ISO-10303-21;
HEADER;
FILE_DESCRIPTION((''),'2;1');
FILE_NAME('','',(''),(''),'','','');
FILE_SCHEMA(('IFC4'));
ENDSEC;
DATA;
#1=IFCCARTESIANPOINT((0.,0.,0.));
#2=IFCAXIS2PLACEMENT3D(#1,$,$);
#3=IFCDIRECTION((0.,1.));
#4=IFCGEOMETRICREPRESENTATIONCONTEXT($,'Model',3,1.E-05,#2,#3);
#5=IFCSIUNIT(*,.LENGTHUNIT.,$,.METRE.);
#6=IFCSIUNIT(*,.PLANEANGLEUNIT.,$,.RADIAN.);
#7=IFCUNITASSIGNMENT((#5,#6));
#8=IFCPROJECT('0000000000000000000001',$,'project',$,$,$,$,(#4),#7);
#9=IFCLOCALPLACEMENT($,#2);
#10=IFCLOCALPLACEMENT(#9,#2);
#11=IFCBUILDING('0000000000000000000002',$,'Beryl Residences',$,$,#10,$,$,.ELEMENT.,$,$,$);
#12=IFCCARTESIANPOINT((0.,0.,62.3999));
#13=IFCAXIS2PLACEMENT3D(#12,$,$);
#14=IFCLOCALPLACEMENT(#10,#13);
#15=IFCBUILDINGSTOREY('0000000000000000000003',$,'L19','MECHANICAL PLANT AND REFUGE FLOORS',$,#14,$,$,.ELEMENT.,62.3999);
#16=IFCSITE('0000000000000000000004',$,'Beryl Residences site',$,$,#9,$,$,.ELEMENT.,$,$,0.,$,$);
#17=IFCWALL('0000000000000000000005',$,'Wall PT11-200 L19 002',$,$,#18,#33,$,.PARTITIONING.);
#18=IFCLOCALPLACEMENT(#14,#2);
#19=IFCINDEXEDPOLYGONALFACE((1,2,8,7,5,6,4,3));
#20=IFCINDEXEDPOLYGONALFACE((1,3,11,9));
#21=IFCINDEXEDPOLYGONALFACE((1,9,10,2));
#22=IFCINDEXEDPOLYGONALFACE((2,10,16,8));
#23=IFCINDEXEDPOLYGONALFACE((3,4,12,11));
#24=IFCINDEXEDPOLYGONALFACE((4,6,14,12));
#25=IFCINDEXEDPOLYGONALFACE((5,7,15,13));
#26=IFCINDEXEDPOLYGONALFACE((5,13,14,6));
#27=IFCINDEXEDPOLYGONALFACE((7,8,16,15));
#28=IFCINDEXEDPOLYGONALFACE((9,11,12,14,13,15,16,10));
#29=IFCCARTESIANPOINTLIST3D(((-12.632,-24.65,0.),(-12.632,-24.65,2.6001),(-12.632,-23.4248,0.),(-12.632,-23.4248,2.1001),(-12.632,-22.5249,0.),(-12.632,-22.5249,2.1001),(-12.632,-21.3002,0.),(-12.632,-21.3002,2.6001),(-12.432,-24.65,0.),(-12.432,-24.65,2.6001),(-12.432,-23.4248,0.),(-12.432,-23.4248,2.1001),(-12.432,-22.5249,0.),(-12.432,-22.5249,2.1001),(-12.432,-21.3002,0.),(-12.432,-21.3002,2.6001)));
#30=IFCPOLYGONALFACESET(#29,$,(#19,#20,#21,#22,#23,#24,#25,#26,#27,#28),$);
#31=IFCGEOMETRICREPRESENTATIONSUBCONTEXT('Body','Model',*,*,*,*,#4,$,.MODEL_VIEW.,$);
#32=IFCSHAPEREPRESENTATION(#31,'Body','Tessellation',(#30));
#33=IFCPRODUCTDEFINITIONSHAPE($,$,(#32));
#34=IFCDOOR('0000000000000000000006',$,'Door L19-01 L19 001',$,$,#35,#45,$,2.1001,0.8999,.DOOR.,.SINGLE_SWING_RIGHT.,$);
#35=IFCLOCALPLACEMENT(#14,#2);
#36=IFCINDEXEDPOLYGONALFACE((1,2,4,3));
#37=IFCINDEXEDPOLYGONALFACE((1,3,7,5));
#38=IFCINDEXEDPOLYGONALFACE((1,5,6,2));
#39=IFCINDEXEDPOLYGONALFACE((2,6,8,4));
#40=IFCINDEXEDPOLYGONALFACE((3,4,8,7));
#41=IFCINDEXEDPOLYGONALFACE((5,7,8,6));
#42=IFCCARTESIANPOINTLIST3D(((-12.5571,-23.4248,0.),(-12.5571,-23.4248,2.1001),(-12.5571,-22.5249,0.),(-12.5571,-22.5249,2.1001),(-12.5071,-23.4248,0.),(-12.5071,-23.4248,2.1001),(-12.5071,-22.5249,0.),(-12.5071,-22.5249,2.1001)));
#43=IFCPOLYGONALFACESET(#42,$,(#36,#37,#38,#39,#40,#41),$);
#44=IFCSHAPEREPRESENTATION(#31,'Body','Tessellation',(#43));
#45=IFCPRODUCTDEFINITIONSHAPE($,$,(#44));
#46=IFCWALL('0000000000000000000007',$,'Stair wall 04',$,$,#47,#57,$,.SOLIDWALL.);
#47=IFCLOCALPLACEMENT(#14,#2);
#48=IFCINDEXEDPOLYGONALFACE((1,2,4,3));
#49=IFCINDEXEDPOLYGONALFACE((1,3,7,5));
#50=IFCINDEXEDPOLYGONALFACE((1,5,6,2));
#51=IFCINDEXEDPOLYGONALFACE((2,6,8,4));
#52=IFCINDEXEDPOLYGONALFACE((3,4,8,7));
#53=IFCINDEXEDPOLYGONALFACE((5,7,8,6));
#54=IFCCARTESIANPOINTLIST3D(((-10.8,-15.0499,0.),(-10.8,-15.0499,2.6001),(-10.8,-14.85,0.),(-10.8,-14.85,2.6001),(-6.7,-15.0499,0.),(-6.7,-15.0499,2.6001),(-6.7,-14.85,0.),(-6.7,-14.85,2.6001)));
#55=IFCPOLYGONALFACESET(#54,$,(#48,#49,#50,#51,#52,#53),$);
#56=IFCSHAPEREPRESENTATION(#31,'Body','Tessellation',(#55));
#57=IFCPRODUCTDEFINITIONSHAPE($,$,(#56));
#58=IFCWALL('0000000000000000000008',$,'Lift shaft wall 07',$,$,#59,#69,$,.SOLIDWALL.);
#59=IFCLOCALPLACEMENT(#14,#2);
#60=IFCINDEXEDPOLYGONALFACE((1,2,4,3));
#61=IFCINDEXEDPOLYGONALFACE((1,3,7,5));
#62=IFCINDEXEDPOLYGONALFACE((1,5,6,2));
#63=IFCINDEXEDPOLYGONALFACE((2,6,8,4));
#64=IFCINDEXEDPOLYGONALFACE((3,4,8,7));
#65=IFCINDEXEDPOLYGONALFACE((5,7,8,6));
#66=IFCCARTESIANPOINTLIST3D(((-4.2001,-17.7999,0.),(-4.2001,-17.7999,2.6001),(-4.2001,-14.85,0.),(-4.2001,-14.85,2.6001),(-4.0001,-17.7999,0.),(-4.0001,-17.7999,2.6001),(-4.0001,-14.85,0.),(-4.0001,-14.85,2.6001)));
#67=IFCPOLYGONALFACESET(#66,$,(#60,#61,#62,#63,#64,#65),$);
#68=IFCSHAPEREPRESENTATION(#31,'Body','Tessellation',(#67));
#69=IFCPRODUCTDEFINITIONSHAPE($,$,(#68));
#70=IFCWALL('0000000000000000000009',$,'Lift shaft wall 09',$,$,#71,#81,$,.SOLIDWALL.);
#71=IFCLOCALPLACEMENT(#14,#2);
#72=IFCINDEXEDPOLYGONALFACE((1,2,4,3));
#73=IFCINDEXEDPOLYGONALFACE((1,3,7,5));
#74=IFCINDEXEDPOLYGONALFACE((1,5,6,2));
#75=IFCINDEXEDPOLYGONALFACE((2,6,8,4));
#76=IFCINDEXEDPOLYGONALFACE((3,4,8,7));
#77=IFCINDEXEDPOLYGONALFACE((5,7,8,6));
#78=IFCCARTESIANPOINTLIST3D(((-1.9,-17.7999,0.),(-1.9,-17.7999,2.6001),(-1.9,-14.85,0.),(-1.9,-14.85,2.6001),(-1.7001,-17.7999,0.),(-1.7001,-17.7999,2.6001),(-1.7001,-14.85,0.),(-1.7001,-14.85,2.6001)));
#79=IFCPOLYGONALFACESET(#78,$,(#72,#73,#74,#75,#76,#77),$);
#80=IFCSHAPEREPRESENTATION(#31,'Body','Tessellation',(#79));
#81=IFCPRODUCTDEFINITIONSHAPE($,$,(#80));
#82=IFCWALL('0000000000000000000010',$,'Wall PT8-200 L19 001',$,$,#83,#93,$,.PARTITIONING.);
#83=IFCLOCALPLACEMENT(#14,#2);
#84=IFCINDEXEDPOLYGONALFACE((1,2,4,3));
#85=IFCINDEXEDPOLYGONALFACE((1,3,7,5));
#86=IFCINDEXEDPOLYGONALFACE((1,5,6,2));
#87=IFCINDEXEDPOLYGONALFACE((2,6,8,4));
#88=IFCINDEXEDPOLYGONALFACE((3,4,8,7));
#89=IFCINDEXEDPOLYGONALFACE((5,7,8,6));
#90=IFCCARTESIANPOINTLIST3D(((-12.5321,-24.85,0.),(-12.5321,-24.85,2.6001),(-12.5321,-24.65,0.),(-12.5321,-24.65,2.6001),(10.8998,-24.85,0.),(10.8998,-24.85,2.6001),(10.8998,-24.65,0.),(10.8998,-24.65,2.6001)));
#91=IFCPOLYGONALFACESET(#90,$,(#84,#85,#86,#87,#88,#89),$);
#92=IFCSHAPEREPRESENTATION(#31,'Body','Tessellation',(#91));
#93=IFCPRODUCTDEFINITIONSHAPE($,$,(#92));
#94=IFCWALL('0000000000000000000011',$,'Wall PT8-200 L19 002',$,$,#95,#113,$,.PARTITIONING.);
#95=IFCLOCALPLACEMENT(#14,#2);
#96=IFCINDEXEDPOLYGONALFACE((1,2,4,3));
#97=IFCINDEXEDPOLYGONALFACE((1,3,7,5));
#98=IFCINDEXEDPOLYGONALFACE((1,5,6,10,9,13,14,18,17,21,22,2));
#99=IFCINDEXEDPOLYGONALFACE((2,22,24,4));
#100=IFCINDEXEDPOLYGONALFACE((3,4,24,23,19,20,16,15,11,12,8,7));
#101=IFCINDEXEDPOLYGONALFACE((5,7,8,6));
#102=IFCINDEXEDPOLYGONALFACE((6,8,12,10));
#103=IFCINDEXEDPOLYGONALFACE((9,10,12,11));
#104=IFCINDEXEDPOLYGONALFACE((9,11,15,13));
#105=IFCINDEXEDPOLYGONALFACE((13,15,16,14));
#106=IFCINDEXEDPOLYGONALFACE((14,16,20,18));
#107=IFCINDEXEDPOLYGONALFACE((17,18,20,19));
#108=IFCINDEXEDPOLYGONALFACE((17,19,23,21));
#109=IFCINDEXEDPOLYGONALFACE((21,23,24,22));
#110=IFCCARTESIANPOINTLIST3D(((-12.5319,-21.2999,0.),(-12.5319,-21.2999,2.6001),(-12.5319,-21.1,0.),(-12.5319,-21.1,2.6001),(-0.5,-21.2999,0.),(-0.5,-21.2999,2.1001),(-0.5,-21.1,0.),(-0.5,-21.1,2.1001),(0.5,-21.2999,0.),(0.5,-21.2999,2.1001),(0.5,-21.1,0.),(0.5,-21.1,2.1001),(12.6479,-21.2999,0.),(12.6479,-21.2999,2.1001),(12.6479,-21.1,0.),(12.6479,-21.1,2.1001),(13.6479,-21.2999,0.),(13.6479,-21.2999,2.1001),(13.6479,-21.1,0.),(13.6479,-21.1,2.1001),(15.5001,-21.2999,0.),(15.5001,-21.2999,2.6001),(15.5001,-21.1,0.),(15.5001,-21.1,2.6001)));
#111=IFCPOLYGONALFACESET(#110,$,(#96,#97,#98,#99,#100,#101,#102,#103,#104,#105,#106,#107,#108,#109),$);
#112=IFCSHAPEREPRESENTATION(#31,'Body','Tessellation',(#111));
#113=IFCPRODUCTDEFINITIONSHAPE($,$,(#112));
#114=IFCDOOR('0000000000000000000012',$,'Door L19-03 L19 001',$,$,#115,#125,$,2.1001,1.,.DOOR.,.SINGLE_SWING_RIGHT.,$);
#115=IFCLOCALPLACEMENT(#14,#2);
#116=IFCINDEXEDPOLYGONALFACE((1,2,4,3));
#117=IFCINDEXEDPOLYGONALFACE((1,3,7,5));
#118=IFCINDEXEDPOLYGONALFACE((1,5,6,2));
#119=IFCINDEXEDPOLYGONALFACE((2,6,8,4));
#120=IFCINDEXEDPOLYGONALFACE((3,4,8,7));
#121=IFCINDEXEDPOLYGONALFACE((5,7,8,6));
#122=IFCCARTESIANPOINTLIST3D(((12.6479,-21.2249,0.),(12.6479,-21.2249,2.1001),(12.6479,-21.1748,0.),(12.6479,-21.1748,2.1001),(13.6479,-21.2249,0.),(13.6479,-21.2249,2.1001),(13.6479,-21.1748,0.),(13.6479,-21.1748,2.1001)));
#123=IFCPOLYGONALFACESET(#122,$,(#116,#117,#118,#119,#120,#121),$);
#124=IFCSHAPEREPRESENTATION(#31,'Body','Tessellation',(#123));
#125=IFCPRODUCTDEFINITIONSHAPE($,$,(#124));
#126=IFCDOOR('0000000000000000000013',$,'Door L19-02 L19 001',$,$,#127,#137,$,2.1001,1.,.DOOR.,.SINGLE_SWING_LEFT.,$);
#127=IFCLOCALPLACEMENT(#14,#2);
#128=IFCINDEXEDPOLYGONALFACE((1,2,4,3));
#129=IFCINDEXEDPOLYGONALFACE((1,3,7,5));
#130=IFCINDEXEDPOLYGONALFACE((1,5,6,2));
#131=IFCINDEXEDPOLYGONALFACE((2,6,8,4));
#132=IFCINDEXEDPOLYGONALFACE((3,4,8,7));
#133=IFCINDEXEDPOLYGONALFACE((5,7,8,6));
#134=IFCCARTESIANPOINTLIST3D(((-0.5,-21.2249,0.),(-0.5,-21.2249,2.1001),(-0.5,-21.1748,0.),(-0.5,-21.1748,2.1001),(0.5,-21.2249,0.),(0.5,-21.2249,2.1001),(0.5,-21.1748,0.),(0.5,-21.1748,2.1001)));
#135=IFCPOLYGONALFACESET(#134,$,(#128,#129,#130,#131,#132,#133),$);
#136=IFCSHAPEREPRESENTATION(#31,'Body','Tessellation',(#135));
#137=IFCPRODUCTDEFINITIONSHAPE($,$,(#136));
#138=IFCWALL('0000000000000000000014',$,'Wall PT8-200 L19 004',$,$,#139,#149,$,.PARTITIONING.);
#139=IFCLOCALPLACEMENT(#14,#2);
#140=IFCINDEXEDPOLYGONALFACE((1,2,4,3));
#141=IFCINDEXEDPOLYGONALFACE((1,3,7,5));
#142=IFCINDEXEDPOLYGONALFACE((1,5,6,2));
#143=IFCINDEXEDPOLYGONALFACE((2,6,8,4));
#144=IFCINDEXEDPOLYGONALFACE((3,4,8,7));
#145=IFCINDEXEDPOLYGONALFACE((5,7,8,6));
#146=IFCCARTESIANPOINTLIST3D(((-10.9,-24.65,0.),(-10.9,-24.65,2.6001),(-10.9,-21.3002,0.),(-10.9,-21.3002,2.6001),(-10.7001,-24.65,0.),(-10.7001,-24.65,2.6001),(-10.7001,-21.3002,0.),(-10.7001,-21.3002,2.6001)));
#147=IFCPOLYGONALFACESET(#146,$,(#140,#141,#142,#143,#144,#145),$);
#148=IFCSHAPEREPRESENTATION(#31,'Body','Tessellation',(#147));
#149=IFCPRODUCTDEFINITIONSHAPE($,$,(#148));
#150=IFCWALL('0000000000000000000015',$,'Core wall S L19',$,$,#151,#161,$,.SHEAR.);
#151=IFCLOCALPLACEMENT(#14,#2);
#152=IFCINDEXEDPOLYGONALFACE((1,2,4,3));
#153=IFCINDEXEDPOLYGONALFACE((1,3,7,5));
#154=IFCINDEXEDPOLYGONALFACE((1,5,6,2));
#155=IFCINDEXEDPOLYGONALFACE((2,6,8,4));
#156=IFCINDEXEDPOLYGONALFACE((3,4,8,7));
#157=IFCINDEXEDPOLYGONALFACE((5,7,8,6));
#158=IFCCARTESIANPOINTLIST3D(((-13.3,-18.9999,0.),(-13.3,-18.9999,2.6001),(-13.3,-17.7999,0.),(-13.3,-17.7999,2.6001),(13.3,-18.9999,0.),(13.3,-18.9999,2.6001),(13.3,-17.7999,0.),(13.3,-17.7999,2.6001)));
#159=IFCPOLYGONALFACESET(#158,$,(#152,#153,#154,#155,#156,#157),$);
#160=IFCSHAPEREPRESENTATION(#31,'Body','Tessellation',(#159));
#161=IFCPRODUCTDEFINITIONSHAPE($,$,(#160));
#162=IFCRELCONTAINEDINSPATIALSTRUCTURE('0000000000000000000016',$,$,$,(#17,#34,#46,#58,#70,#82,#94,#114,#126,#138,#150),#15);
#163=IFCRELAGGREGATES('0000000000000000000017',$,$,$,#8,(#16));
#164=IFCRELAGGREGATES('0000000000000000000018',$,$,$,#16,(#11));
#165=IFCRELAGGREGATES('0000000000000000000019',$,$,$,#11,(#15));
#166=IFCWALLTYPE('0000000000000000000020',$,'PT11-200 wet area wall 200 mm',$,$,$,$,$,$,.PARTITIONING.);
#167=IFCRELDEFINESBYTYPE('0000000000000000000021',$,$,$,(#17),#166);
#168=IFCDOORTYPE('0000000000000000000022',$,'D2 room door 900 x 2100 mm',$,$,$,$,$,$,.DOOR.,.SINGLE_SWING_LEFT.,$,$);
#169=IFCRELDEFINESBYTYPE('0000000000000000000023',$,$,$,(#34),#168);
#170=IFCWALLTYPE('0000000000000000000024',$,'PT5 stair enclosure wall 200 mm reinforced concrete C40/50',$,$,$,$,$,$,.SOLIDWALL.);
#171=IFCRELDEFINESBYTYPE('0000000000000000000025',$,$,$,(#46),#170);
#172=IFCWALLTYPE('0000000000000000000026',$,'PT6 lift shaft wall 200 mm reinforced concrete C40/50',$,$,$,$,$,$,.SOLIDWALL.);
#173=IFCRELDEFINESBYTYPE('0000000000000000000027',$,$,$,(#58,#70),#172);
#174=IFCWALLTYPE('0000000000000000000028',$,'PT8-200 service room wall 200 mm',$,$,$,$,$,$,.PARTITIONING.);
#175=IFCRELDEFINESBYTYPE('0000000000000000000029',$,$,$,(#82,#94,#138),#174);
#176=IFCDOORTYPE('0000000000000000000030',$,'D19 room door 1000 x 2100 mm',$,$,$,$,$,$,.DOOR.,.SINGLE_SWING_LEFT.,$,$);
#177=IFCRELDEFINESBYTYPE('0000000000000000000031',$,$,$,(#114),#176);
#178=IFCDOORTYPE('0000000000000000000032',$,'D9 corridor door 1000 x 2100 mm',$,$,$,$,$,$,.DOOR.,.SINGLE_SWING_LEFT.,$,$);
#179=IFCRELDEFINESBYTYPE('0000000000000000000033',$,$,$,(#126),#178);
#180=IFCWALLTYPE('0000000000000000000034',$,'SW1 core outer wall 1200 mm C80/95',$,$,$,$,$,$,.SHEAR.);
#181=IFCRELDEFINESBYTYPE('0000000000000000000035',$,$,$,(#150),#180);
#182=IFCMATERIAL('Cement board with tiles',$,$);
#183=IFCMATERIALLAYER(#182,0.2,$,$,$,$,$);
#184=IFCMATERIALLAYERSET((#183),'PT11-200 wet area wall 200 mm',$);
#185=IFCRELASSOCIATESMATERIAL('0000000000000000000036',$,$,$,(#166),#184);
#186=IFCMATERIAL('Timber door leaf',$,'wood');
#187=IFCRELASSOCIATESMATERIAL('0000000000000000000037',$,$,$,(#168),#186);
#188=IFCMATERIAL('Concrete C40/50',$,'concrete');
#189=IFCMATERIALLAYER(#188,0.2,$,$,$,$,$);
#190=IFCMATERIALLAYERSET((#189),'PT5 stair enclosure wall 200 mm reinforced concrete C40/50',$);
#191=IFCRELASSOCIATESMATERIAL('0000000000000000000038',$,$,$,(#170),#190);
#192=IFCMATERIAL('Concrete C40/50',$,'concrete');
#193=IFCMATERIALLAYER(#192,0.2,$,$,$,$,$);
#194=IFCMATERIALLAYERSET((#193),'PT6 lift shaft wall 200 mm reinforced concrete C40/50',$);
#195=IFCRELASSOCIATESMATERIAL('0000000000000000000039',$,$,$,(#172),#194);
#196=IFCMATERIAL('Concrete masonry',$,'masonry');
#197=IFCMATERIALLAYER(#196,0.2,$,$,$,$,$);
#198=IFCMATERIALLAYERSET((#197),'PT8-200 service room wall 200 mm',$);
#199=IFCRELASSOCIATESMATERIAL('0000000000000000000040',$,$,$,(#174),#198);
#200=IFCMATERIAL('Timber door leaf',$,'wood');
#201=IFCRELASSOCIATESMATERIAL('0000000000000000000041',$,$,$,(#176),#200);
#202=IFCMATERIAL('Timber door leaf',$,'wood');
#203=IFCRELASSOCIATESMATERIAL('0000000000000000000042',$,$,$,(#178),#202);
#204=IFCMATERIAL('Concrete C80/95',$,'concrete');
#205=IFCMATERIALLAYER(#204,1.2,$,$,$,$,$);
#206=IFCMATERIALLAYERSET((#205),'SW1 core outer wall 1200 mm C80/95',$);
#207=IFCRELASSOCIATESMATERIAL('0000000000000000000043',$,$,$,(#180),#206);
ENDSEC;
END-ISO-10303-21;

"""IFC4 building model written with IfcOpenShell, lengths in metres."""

from ifc_helpers import new_model, si_unit, direction, frame, frame_2d, origin, place, context, subcontext, project, spatial, rectangle, extrude, material, layer, layer_set, type_object, element, fill, save


model = new_model("IFC4")

# Units and contexts
model_context = context("Model", 3, precision=1e-05, world=origin(), true_north=direction((0.0, 1.0)))
body_context = subcontext(model_context, "Body", "Model", "MODEL_VIEW")
ifc_project = project(units=[si_unit("LENGTHUNIT", "METRE"), si_unit("PLANEANGLEUNIT", "RADIAN")], contexts=[model_context])

# Site, building, storey
site_placement = place(None, origin())
site = spatial("IfcSite", under=ifc_project, at=site_placement, Name="Beryl Residences site", CompositionType="ELEMENT", RefElevation=0.0)
building_placement = place(site_placement, origin())
building = spatial("IfcBuilding", under=site, at=building_placement, Name="Beryl Residences", CompositionType="ELEMENT")
storey_placement = place(building_placement, frame((0.0, 0.0, 62.3999)))
storey = spatial("IfcBuildingStorey", under=building, at=storey_placement, Name="L19", Description="MECHANICAL PLANT AND REFUGE FLOORS", CompositionType="ELEMENT", Elevation=62.3999)

# Wall, opening, door
ifc_material_1 = material(Name="Cement board with tiles")
ifc_layer_1 = layer(ifc_material_1, 0.2)
ifc_layer_set_1 = layer_set([ifc_layer_1], Name="PT11-200 wet area wall 200 mm")
wall_type_1 = type_object("IfcWallType", Name="PT11-200 wet area wall 200 mm", PredefinedType="PARTITIONING", material=ifc_layer_set_1)
wall_1_placement = place(storey_placement, frame((-12.532, -24.6499, 0.0), z_axis=(0.0, 0.0, 1.0), x_axis=(0.0, 1.0, 0.0)))
wall_1 = element("IfcWall", 1, at=wall_1_placement, inside=storey, type_object=wall_type_1, Name="Wall PT11-200 L19 002", PredefinedType="PARTITIONING", context=body_context, shape_type="SweptSolid", body=[
    extrude(rectangle(XDim=3.3499, YDim=0.2, at=frame_2d((1.6748, 0.0))), origin(), (0.0, 0.0, 1.0), 2.6001),
])
opening_1_placement = place(wall_1_placement, frame((2.125, 0.0, 0.0), z_axis=(0.0, 0.0, 1.0), x_axis=(-1.0, 0.0, 0.0)))
opening_1 = element("IfcOpeningElement", 2, at=opening_1_placement, cuts=wall_1, PredefinedType="OPENING", context=body_context, shape_type="SweptSolid", body=[
    extrude(rectangle(XDim=0.8999, YDim=2.1001, at=frame_2d((0.45, 1.05))), frame((0.0, 0.1099, 0.0), z_axis=(0.0, -1.0, 0.0), x_axis=(1.0, 0.0, 0.0)), (0.0, 0.0, 1.0), 0.22),
])
ifc_material_2 = material(Name="Timber door leaf", Category="wood")
door_type_1 = type_object("IfcDoorType", Name="D2 room door 900 x 2100 mm", OperationType="SINGLE_SWING_LEFT", PredefinedType="DOOR", material=ifc_material_2)
door_1_placement = place(opening_1_placement, origin())
door_1 = element("IfcDoor", 3, at=door_1_placement, inside=storey, type_object=door_type_1, Name="Door L19-01 L19 001", OperationType="SINGLE_SWING_RIGHT", OverallHeight=2.1001, OverallWidth=0.8999, PredefinedType="DOOR", context=body_context, shape_type="SweptSolid", body=[
    extrude(rectangle(XDim=0.8999, YDim=2.1001, at=frame_2d((0.45, 1.05))), frame((0.0, 0.0249, 0.0), z_axis=(0.0, -1.0, 0.0), x_axis=(1.0, 0.0, 0.0)), (0.0, 0.0, 1.0), 0.05),
])
fill(opening_1, door_1)

# Walls
ifc_material_3 = material(Name="Concrete C40/50", Category="concrete")
ifc_layer_2 = layer(ifc_material_3, 0.2)
ifc_layer_set_2 = layer_set([ifc_layer_2], Name="PT5 stair enclosure wall 200 mm reinforced concrete C40/50")
wall_type_2 = type_object("IfcWallType", Name="PT5 stair enclosure wall 200 mm reinforced concrete C40/50", PredefinedType="SOLIDWALL", material=ifc_layer_set_2)
wall_2_placement = place(storey_placement, frame((-10.8, -14.95, 0.0), z_axis=(0.0, 0.0, 1.0), x_axis=(1.0, 0.0, 0.0)))
element("IfcWall", 4, at=wall_2_placement, inside=storey, type_object=wall_type_2, Name="Stair wall 04", PredefinedType="SOLIDWALL", context=body_context, shape_type="SweptSolid", body=[
    extrude(rectangle(XDim=4.1001, YDim=0.2, at=frame_2d((2.05, 0.0))), origin(), (0.0, 0.0, 1.0), 2.6001),
])
ifc_material_4 = material(Name="Concrete C40/50", Category="concrete")
ifc_layer_3 = layer(ifc_material_4, 0.2)
ifc_layer_set_3 = layer_set([ifc_layer_3], Name="PT6 lift shaft wall 200 mm reinforced concrete C40/50")
wall_type_3 = type_object("IfcWallType", Name="PT6 lift shaft wall 200 mm reinforced concrete C40/50", PredefinedType="SOLIDWALL", material=ifc_layer_set_3)
for number, where, z_axis, x_axis, name in (
    (5, (-4.1001, -17.8, 0.0), (0.0, 0.0, 1.0), (0.0, 1.0, 0.0), "Lift shaft wall 07"),
    (6, (-1.8, -17.8, 0.0), (0.0, 0.0, 1.0), (0.0, 1.0, 0.0), "Lift shaft wall 09"),
):
    element("IfcWall", number, at=place(storey_placement, frame(where, z_axis=z_axis, x_axis=x_axis)), inside=storey, type_object=wall_type_3, Name=name, PredefinedType="SOLIDWALL", context=body_context, shape_type="SweptSolid", body=[
        extrude(rectangle(XDim=2.95, YDim=0.2, at=frame_2d((1.4751, 0.0))), origin(), (0.0, 0.0, 1.0), 2.6001),
    ])
ifc_material_5 = material(Name="Concrete masonry", Category="masonry")
ifc_layer_4 = layer(ifc_material_5, 0.2)
ifc_layer_set_4 = layer_set([ifc_layer_4], Name="PT8-200 service room wall 200 mm")
wall_type_4 = type_object("IfcWallType", Name="PT8-200 service room wall 200 mm", PredefinedType="PARTITIONING", material=ifc_layer_set_4)
wall_3_placement = place(storey_placement, frame((-12.532, -24.75, 0.0), z_axis=(0.0, 0.0, 1.0), x_axis=(1.0, 0.0, 0.0)))
element("IfcWall", 7, at=wall_3_placement, inside=storey, type_object=wall_type_4, Name="Wall PT8-200 L19 001", PredefinedType="PARTITIONING", context=body_context, shape_type="SweptSolid", body=[
    extrude(rectangle(XDim=23.4319, YDim=0.2, at=frame_2d((11.7158, 0.0))), origin(), (0.0, 0.0, 1.0), 2.6001),
])

# Wall, openings, doors
wall_4_placement = place(storey_placement, frame((-12.532, -21.2, 0.0), z_axis=(0.0, 0.0, 1.0), x_axis=(1.0, 0.0, 0.0)))
wall_4 = element("IfcWall", 8, at=wall_4_placement, inside=storey, type_object=wall_type_4, Name="Wall PT8-200 L19 002", PredefinedType="PARTITIONING", context=body_context, shape_type="SweptSolid", body=[
    extrude(rectangle(XDim=28.032, YDim=0.2, at=frame_2d((14.0161, 0.0))), origin(), (0.0, 0.0, 1.0), 2.6001),
])
opening_2_placement = place(wall_4_placement, frame((13.032, 0.0, 0.0), z_axis=(0.0, 0.0, 1.0), x_axis=(-1.0, 0.0, 0.0)))
opening_2 = element("IfcOpeningElement", 9, at=opening_2_placement, cuts=wall_4, PredefinedType="OPENING", context=body_context, shape_type="SweptSolid", body=[
    extrude(rectangle(XDim=1.0, YDim=2.1001, at=frame_2d((0.5, 1.05))), frame((0.0, 0.1099, 0.0), z_axis=(0.0, -1.0, 0.0), x_axis=(1.0, 0.0, 0.0)), (0.0, 0.0, 1.0), 0.22),
])
opening_3_placement = place(wall_4_placement, frame((26.1799, 0.0, 0.0), z_axis=(0.0, 0.0, 1.0), x_axis=(-1.0, 0.0, 0.0)))
opening_3 = element("IfcOpeningElement", 10, at=opening_3_placement, cuts=wall_4, PredefinedType="OPENING", context=body_context, shape_type="SweptSolid", body=[
    extrude(rectangle(XDim=1.0, YDim=2.1001, at=frame_2d((0.5, 1.05))), frame((0.0, 0.1099, 0.0), z_axis=(0.0, -1.0, 0.0), x_axis=(1.0, 0.0, 0.0)), (0.0, 0.0, 1.0), 0.22),
])
ifc_material_6 = material(Name="Timber door leaf", Category="wood")
door_type_2 = type_object("IfcDoorType", Name="D19 room door 1000 x 2100 mm", OperationType="SINGLE_SWING_LEFT", PredefinedType="DOOR", material=ifc_material_6)
door_2_placement = place(opening_3_placement, origin())
door_2 = element("IfcDoor", 11, at=door_2_placement, inside=storey, type_object=door_type_2, Name="Door L19-03 L19 001", OperationType="SINGLE_SWING_RIGHT", OverallHeight=2.1001, OverallWidth=1.0, PredefinedType="DOOR", context=body_context, shape_type="SweptSolid", body=[
    extrude(rectangle(XDim=1.0, YDim=2.1001, at=frame_2d((0.5, 1.05))), frame((0.0, 0.0249, 0.0), z_axis=(0.0, -1.0, 0.0), x_axis=(1.0, 0.0, 0.0)), (0.0, 0.0, 1.0), 0.05),
])
fill(opening_3, door_2)
ifc_material_7 = material(Name="Timber door leaf", Category="wood")
door_type_3 = type_object("IfcDoorType", Name="D9 corridor door 1000 x 2100 mm", OperationType="SINGLE_SWING_LEFT", PredefinedType="DOOR", material=ifc_material_7)
door_3_placement = place(opening_2_placement, origin())
door_3 = element("IfcDoor", 12, at=door_3_placement, inside=storey, type_object=door_type_3, Name="Door L19-02 L19 001", OperationType="SINGLE_SWING_LEFT", OverallHeight=2.1001, OverallWidth=1.0, PredefinedType="DOOR", context=body_context, shape_type="SweptSolid", body=[
    extrude(rectangle(XDim=1.0, YDim=2.1001, at=frame_2d((0.5, 1.05))), frame((0.0, 0.0249, 0.0), z_axis=(0.0, -1.0, 0.0), x_axis=(1.0, 0.0, 0.0)), (0.0, 0.0, 1.0), 0.05),
])
fill(opening_2, door_3)

# Walls
wall_5_placement = place(storey_placement, frame((-10.8, -24.6499, 0.0), z_axis=(0.0, 0.0, 1.0), x_axis=(0.0, 1.0, 0.0)))
element("IfcWall", 13, at=wall_5_placement, inside=storey, type_object=wall_type_4, Name="Wall PT8-200 L19 004", PredefinedType="PARTITIONING", context=body_context, shape_type="SweptSolid", body=[
    extrude(rectangle(XDim=3.3499, YDim=0.2, at=frame_2d((1.6748, 0.0))), origin(), (0.0, 0.0, 1.0), 2.6001),
])
ifc_material_8 = material(Name="Concrete C80/95", Category="concrete")
ifc_layer_5 = layer(ifc_material_8, 1.2)
ifc_layer_set_5 = layer_set([ifc_layer_5], Name="SW1 core outer wall 1200 mm C80/95")
wall_type_5 = type_object("IfcWallType", Name="SW1 core outer wall 1200 mm C80/95", PredefinedType="SHEAR", material=ifc_layer_set_5)
wall_6_placement = place(storey_placement, frame((-13.3, -18.3999, 0.0), z_axis=(0.0, 0.0, 1.0), x_axis=(1.0, 0.0, 0.0)))
element("IfcWall", 14, at=wall_6_placement, inside=storey, type_object=wall_type_5, Name="Core wall S L19", PredefinedType="SHEAR", context=body_context, shape_type="SweptSolid", body=[
    extrude(rectangle(XDim=26.6001, YDim=1.2, at=frame_2d((13.3, 0.0))), origin(), (0.0, 0.0, 1.0), 2.6001),
])

save(model, "model.ifc")
